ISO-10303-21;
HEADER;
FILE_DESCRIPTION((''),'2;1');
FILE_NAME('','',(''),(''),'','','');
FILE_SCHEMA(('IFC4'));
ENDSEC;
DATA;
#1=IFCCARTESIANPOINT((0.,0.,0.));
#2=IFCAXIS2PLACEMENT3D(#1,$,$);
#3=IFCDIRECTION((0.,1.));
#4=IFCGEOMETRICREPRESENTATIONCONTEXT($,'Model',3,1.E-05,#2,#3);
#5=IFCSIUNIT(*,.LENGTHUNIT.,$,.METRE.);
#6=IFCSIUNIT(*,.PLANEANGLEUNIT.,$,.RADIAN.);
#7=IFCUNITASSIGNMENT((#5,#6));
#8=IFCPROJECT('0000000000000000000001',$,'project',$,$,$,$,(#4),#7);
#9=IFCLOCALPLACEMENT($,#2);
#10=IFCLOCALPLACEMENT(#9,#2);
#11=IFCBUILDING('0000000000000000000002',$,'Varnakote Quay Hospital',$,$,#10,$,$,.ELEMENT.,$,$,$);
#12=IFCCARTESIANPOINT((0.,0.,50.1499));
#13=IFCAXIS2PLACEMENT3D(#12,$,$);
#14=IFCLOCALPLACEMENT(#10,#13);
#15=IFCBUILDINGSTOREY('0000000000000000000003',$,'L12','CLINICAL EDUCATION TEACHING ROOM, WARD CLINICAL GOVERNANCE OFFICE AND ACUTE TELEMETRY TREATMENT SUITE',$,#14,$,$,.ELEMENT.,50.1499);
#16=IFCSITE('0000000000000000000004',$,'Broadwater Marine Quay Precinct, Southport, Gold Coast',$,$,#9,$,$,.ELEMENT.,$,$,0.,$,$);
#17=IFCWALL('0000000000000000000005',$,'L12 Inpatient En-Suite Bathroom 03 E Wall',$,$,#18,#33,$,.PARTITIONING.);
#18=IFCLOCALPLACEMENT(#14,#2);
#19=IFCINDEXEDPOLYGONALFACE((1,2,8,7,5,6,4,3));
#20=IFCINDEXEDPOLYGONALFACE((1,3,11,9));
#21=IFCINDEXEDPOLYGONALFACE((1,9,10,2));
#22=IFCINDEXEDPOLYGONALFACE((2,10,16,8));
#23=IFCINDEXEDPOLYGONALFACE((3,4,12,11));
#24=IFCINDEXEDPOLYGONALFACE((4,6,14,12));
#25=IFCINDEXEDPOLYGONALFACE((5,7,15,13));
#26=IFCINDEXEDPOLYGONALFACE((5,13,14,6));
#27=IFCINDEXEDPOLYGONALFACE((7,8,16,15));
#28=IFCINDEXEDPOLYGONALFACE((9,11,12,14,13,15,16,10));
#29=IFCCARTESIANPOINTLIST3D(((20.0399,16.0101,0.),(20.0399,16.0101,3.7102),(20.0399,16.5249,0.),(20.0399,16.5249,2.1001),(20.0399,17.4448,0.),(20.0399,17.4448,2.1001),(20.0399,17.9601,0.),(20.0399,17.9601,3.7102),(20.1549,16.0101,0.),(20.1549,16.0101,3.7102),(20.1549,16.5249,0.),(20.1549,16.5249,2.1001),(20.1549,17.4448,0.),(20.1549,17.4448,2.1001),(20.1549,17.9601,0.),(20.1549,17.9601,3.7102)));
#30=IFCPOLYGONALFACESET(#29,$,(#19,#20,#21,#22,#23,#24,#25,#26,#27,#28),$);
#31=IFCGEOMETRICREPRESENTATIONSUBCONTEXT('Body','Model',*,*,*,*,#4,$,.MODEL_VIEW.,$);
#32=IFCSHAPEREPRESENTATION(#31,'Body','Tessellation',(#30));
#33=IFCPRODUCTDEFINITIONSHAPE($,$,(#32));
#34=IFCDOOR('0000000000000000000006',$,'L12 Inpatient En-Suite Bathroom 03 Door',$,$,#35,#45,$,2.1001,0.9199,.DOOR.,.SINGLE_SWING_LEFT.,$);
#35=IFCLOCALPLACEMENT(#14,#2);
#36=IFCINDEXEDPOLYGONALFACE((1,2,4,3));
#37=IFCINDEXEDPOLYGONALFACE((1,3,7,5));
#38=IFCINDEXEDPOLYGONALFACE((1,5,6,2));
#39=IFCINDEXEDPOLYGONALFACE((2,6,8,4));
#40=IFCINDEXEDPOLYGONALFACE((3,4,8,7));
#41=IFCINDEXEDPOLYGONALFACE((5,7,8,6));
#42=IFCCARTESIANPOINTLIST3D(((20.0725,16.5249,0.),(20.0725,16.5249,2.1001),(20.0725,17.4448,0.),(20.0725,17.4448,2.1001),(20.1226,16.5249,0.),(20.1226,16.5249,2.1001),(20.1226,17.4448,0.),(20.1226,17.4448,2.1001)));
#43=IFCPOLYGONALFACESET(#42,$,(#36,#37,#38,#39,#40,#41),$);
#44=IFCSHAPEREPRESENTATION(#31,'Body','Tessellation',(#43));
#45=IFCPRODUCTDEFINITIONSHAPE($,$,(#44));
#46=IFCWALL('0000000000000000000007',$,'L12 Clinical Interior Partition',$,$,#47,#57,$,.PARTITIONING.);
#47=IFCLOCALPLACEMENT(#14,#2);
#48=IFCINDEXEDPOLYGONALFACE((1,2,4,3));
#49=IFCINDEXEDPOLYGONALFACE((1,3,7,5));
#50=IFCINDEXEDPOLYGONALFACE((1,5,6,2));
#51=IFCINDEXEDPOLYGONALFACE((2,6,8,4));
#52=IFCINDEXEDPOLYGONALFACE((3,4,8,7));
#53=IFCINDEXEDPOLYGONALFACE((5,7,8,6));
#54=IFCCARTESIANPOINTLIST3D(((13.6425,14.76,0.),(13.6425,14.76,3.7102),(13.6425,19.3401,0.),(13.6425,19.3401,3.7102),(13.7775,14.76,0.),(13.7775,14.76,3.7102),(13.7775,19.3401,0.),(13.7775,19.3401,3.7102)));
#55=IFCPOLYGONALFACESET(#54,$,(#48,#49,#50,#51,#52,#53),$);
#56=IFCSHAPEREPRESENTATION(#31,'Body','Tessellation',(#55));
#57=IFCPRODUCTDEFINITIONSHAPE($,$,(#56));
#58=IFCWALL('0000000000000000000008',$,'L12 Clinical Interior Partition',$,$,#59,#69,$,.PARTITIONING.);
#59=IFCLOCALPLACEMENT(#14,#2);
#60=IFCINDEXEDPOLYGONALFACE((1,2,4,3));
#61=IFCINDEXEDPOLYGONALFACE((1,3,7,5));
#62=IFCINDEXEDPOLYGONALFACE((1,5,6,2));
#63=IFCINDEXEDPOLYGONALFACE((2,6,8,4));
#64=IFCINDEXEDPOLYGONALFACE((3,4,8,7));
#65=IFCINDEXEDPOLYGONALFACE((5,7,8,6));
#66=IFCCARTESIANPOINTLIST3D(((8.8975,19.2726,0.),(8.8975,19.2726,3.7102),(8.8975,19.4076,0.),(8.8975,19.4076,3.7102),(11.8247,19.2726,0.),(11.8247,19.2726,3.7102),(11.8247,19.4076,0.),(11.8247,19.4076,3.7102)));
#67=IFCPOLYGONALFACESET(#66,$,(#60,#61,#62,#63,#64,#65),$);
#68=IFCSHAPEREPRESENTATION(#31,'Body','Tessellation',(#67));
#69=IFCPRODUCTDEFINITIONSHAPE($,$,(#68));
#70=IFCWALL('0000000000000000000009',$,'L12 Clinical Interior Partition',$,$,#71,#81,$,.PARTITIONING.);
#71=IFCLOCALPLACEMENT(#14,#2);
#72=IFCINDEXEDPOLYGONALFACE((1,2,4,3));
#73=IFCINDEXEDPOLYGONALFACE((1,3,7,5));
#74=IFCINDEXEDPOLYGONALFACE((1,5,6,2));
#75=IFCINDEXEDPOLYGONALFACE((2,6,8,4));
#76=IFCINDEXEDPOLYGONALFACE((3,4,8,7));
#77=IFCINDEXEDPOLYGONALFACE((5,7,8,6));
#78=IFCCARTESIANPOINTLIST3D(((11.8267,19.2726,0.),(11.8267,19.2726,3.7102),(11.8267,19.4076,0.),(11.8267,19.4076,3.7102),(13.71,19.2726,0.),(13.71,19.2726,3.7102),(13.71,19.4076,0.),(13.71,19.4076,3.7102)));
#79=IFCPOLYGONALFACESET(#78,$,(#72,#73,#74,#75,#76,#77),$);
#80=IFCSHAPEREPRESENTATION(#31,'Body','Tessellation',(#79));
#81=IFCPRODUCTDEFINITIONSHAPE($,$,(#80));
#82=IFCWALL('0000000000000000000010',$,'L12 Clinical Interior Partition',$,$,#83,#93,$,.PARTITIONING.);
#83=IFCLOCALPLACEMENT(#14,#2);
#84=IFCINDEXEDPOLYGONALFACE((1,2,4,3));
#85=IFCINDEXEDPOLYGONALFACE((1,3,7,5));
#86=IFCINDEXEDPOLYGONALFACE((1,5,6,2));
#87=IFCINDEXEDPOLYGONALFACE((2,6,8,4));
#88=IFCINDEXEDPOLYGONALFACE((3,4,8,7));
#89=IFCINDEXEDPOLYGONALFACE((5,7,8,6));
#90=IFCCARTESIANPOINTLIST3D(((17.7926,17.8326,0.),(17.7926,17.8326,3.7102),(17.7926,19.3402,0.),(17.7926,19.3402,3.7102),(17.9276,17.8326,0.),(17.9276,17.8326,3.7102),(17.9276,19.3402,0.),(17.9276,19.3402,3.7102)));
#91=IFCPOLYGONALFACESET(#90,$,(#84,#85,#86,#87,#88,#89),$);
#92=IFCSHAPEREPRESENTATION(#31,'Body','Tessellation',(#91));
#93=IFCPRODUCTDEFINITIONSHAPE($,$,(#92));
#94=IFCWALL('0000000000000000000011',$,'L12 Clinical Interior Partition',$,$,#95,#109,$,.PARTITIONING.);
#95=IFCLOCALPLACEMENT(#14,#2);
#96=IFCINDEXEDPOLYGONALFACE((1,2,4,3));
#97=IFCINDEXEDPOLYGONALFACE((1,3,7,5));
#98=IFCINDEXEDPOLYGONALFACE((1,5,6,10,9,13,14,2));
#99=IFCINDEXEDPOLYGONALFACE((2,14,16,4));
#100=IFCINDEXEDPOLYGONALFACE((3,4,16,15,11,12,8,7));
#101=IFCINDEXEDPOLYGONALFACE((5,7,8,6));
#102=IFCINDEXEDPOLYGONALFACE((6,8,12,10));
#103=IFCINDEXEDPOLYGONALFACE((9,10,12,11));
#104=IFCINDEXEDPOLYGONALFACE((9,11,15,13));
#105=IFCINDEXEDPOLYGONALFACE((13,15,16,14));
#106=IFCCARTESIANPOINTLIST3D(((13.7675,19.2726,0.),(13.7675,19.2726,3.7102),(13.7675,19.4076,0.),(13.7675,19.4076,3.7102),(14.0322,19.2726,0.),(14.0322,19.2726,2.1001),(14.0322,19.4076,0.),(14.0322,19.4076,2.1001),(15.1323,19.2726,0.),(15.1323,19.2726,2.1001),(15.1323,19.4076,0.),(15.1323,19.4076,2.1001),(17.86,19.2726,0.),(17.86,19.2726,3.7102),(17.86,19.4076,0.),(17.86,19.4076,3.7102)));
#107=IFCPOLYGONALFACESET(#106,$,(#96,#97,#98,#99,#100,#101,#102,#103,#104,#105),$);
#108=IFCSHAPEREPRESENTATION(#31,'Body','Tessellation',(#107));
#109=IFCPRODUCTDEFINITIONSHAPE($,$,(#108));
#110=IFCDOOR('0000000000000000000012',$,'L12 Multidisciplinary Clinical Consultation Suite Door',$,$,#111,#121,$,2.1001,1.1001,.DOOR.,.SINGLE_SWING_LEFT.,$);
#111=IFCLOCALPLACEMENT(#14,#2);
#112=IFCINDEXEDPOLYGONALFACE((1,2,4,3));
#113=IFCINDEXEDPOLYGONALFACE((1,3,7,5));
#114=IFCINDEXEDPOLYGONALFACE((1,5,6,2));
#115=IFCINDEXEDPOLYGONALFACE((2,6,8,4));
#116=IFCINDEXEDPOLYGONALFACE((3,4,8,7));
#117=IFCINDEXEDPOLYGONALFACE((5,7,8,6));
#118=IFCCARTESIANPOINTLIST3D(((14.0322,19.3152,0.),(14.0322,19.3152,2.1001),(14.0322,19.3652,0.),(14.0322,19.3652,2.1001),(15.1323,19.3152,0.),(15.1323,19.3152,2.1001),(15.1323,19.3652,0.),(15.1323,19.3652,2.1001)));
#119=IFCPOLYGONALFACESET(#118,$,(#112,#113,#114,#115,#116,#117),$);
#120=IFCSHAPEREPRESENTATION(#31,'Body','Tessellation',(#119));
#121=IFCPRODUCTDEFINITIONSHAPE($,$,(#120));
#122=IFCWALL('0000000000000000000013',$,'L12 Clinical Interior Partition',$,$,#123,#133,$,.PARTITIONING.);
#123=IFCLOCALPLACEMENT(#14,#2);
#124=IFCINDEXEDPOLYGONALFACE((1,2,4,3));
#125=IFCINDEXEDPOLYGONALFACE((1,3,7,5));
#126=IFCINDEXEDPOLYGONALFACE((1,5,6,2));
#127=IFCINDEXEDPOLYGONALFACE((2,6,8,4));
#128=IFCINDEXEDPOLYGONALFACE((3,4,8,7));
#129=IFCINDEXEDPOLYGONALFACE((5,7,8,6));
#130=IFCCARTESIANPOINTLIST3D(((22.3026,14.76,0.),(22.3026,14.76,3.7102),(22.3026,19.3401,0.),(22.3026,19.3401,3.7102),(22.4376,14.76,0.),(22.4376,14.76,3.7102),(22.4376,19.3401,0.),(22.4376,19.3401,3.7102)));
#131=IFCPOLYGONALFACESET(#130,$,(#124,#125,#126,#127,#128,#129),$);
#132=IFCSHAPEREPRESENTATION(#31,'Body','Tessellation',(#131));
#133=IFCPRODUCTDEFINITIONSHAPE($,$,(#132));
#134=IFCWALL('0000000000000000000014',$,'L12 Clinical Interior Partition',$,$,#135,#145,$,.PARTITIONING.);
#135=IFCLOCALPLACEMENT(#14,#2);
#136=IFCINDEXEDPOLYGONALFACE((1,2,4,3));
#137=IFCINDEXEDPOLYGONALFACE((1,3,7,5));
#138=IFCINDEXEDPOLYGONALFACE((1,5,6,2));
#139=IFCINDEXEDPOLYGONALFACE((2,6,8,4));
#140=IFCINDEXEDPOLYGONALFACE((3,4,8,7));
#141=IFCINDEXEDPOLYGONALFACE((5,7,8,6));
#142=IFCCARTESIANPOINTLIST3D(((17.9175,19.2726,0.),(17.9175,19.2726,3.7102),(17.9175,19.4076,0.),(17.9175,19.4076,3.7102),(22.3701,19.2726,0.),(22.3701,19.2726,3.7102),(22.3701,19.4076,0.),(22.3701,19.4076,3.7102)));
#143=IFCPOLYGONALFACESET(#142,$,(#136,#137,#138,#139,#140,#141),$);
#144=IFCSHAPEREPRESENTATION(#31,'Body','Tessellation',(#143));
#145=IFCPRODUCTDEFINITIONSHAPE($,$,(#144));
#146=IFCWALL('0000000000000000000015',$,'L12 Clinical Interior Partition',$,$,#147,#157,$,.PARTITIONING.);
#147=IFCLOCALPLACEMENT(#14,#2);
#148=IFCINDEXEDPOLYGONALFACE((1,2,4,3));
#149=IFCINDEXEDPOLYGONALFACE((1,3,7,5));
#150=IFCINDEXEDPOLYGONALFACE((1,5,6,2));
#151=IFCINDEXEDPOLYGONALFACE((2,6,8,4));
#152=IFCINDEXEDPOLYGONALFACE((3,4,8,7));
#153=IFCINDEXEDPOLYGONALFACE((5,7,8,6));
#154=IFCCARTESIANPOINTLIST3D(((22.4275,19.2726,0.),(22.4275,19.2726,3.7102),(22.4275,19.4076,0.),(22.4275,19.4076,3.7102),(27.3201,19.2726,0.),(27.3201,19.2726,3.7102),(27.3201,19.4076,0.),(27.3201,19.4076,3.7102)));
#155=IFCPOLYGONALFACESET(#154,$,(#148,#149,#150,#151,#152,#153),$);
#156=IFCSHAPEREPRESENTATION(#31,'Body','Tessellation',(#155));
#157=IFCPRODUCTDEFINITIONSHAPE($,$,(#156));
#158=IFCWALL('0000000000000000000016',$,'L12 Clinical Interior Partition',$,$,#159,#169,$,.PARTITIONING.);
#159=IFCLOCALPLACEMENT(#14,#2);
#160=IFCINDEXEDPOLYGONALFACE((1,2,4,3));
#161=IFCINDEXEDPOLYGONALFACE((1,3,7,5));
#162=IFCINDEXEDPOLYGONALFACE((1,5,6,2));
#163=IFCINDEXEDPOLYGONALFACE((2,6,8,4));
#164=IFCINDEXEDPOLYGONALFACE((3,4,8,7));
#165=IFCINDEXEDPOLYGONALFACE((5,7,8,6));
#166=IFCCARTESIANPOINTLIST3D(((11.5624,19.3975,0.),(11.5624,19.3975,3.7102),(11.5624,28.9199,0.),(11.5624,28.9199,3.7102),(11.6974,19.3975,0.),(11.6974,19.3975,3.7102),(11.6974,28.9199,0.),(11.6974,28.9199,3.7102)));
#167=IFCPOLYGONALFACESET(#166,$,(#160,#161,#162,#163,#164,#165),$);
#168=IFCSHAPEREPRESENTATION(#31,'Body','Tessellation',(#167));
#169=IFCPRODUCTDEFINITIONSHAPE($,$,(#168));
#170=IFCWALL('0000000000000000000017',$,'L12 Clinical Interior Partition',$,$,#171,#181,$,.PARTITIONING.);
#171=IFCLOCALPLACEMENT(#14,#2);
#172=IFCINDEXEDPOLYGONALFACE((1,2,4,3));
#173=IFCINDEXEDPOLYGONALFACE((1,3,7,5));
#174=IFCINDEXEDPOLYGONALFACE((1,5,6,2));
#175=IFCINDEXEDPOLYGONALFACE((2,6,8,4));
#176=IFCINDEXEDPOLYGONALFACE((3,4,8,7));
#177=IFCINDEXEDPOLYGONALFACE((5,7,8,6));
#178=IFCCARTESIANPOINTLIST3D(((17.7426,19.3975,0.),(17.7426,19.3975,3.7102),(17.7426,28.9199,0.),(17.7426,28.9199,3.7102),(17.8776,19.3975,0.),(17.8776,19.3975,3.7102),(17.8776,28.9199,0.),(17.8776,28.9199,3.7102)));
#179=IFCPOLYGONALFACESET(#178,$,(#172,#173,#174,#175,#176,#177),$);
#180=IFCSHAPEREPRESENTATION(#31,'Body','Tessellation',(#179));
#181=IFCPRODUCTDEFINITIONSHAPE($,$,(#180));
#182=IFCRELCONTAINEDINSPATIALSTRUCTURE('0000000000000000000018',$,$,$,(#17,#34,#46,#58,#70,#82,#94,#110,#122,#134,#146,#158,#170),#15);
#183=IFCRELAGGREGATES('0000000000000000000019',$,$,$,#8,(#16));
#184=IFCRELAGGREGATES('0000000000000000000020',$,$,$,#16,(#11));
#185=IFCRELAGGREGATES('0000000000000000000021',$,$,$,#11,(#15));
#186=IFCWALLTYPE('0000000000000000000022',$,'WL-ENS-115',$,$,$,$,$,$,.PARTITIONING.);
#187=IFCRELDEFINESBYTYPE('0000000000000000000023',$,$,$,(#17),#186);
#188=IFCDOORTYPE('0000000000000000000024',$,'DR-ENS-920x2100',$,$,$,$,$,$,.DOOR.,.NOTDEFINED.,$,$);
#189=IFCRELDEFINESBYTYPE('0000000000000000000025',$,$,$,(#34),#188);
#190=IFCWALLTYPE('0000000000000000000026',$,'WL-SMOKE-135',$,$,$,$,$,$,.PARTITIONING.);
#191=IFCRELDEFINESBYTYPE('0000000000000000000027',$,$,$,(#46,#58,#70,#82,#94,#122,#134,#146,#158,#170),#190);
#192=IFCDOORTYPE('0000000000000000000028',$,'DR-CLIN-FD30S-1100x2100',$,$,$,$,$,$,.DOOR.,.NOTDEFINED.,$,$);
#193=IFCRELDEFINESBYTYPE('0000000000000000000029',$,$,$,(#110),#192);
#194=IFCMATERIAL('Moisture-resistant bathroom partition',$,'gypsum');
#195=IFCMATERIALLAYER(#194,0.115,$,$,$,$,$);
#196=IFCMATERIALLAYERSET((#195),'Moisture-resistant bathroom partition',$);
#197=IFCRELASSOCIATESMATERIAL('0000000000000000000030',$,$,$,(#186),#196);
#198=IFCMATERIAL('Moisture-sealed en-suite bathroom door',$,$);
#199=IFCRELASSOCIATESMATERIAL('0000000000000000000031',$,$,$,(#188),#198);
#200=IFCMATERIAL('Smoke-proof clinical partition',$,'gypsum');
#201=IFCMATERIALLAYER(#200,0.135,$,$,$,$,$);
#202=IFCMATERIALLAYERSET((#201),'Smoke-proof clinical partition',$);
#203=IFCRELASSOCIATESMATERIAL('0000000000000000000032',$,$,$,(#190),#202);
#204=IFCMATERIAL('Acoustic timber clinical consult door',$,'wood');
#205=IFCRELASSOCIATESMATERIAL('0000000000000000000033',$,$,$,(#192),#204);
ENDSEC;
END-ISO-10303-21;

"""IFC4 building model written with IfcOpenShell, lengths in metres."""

from ifc_helpers import new_model, si_unit, direction, frame, frame_2d, origin, place, context, subcontext, project, spatial, rectangle, extrude, material, layer, layer_set, type_object, element, fill, save


model = new_model("IFC4")

# Units and contexts
model_context = context("Model", 3, precision=1e-05, world=origin(), true_north=direction((0.0, 1.0)))
body_context = subcontext(model_context, "Body", "Model", "MODEL_VIEW")
ifc_project = project(units=[si_unit("LENGTHUNIT", "METRE"), si_unit("PLANEANGLEUNIT", "RADIAN")], contexts=[model_context])

# Site, building, storey
site_placement = place(None, origin())
site = spatial("IfcSite", under=ifc_project, at=site_placement, Name="Broadwater Marine Quay Precinct, Southport, Gold Coast", CompositionType="ELEMENT", RefElevation=0.0)
building_placement = place(site_placement, origin())
building = spatial("IfcBuilding", under=site, at=building_placement, Name="Varnakote Quay Hospital", CompositionType="ELEMENT")
storey_placement = place(building_placement, frame((0.0, 0.0, 50.1499)))
storey = spatial("IfcBuildingStorey", under=building, at=storey_placement, Name="L12", Description="CLINICAL EDUCATION TEACHING ROOM, WARD CLINICAL GOVERNANCE OFFICE AND ACUTE TELEMETRY TREATMENT SUITE", CompositionType="ELEMENT", Elevation=50.1499)

# Shared definitions
ifc_material_1 = material(Name="Moisture-resistant bathroom partition", Category="gypsum")
ifc_layer_1 = layer(ifc_material_1, 0.115)
ifc_layer_set_1 = layer_set([ifc_layer_1], Name="Moisture-resistant bathroom partition")
wall_type_1 = type_object("IfcWallType", Name="WL-ENS-115", PredefinedType="PARTITIONING", material=ifc_layer_set_1)

# Wall, opening, door
wall_1_placement = place(storey_placement, frame((20.0974, 16.01, 0.0), z_axis=(0.0, 0.0, 1.0), x_axis=(0.0, 1.0, 0.0)))
wall_1 = element("IfcWall", 1, at=wall_1_placement, inside=storey, type_object=wall_type_1, Name="L12 Inpatient En-Suite Bathroom 03 E Wall", PredefinedType="PARTITIONING", context=body_context, shape_type="SweptSolid", body=[
    extrude(rectangle(XDim=1.95, YDim=0.115, at=frame_2d((0.9751, 0.0))), origin(), (0.0, 0.0, 1.0), 3.7102),
])
opening_1_placement = place(wall_1_placement, frame((0.5149, 0.0, 0.0)))
opening_1 = element("IfcOpeningElement", 2, at=opening_1_placement, cuts=wall_1, PredefinedType="OPENING", context=body_context, shape_type="SweptSolid", body=[
    extrude(rectangle(XDim=0.9199, YDim=2.1001, at=frame_2d((0.46, 1.05))), frame((0.0, 0.0674, 0.0), z_axis=(0.0, -1.0, 0.0), x_axis=(1.0, 0.0, 0.0)), (0.0, 0.0, 1.0), 0.135),
])
ifc_material_2 = material(Name="Moisture-sealed en-suite bathroom door")
door_type_1 = type_object("IfcDoorType", Name="DR-ENS-920x2100", OperationType="NOTDEFINED", PredefinedType="DOOR", material=ifc_material_2)
door_1_placement = place(opening_1_placement, origin())
door_1 = element("IfcDoor", 3, at=door_1_placement, inside=storey, type_object=door_type_1, Name="L12 Inpatient En-Suite Bathroom 03 Door", OperationType="SINGLE_SWING_LEFT", OverallHeight=2.1001, OverallWidth=0.9199, PredefinedType="DOOR", context=body_context, shape_type="SweptSolid", body=[
    extrude(rectangle(XDim=0.9199, YDim=2.1001, at=frame_2d((0.46, 1.05))), frame((0.0, 0.0249, 0.0), z_axis=(0.0, -1.0, 0.0), x_axis=(1.0, 0.0, 0.0)), (0.0, 0.0, 1.0), 0.05),
])
fill(opening_1, door_1)

# Walls
ifc_material_3 = material(Name="Smoke-proof clinical partition", Category="gypsum")
ifc_layer_2 = layer(ifc_material_3, 0.135)
ifc_layer_set_2 = layer_set([ifc_layer_2], Name="Smoke-proof clinical partition")
wall_type_2 = type_object("IfcWallType", Name="WL-SMOKE-135", PredefinedType="PARTITIONING", material=ifc_layer_set_2)
wall_2_placement = place(storey_placement, frame((13.71, 14.76, 0.0), z_axis=(0.0, 0.0, 1.0), x_axis=(0.0, 1.0, 0.0)))
element("IfcWall", 4, at=wall_2_placement, inside=storey, type_object=wall_type_2, Name="L12 Clinical Interior Partition", PredefinedType="PARTITIONING", context=body_context, shape_type="SweptSolid", body=[
    extrude(rectangle(XDim=4.5801, YDim=0.135, at=frame_2d((2.29, 0.0))), origin(), (0.0, 0.0, 1.0), 3.7102),
])
wall_3_placement = place(storey_placement, frame((11.8247, 19.3401, 0.0), z_axis=(0.0, 0.0, 1.0), x_axis=(-1.0, 0.0, 0.0)))
element("IfcWall", 5, at=wall_3_placement, inside=storey, type_object=wall_type_2, Name="L12 Clinical Interior Partition", PredefinedType="PARTITIONING", context=body_context, shape_type="SweptSolid", body=[
    extrude(rectangle(XDim=2.9272, YDim=0.135, at=frame_2d((1.4636, 0.0))), origin(), (0.0, 0.0, 1.0), 3.7102),
])
wall_4_placement = place(storey_placement, frame((13.71, 19.3401, 0.0), z_axis=(0.0, 0.0, 1.0), x_axis=(-1.0, 0.0, 0.0)))
element("IfcWall", 6, at=wall_4_placement, inside=storey, type_object=wall_type_2, Name="L12 Clinical Interior Partition", PredefinedType="PARTITIONING", context=body_context, shape_type="SweptSolid", body=[
    extrude(rectangle(XDim=1.8833, YDim=0.135, at=frame_2d((0.9417, 0.0))), origin(), (0.0, 0.0, 1.0), 3.7102),
])
wall_5_placement = place(storey_placement, frame((17.8601, 17.8325, 0.0), z_axis=(0.0, 0.0, 1.0), x_axis=(0.0, 1.0, 0.0)))
element("IfcWall", 7, at=wall_5_placement, inside=storey, type_object=wall_type_2, Name="L12 Clinical Interior Partition", PredefinedType="PARTITIONING", context=body_context, shape_type="SweptSolid", body=[
    extrude(rectangle(XDim=1.5076, YDim=0.135, at=frame_2d((0.7539, 0.0))), origin(), (0.0, 0.0, 1.0), 3.7102),
])

# Wall, opening, door
wall_6_placement = place(storey_placement, frame((17.8601, 19.3401, 0.0), z_axis=(0.0, 0.0, 1.0), x_axis=(-1.0, 0.0, 0.0)))
wall_6 = element("IfcWall", 8, at=wall_6_placement, inside=storey, type_object=wall_type_2, Name="L12 Clinical Interior Partition", PredefinedType="PARTITIONING", context=body_context, shape_type="SweptSolid", body=[
    extrude(rectangle(XDim=4.0925, YDim=0.135, at=frame_2d((2.0464, 0.0))), origin(), (0.0, 0.0, 1.0), 3.7102),
])
opening_2_placement = place(wall_6_placement, frame((2.7278, 0.0, 0.0)))
opening_2 = element("IfcOpeningElement", 9, at=opening_2_placement, cuts=wall_6, PredefinedType="OPENING", context=body_context, shape_type="SweptSolid", body=[
    extrude(rectangle(XDim=1.1001, YDim=2.1001, at=frame_2d((0.55, 1.05))), frame((0.0, 0.0774, 0.0), z_axis=(0.0, -1.0, 0.0), x_axis=(1.0, 0.0, 0.0)), (0.0, 0.0, 1.0), 0.155),
])
ifc_material_4 = material(Name="Acoustic timber clinical consult door", Category="wood")
door_type_2 = type_object("IfcDoorType", Name="DR-CLIN-FD30S-1100x2100", OperationType="NOTDEFINED", PredefinedType="DOOR", material=ifc_material_4)
door_2_placement = place(opening_2_placement, origin())
door_2 = element("IfcDoor", 10, at=door_2_placement, inside=storey, type_object=door_type_2, Name="L12 Multidisciplinary Clinical Consultation Suite Door", OperationType="SINGLE_SWING_LEFT", OverallHeight=2.1001, OverallWidth=1.1001, PredefinedType="DOOR", context=body_context, shape_type="SweptSolid", body=[
    extrude(rectangle(XDim=1.1001, YDim=2.1001, at=frame_2d((0.55, 1.05))), frame((0.0, 0.0249, 0.0), z_axis=(0.0, -1.0, 0.0), x_axis=(1.0, 0.0, 0.0)), (0.0, 0.0, 1.0), 0.05),
])
fill(opening_2, door_2)

# Walls
wall_7_placement = place(storey_placement, frame((22.3701, 14.76, 0.0), z_axis=(0.0, 0.0, 1.0), x_axis=(0.0, 1.0, 0.0)))
element("IfcWall", 11, at=wall_7_placement, inside=storey, type_object=wall_type_2, Name="L12 Clinical Interior Partition", PredefinedType="PARTITIONING", context=body_context, shape_type="SweptSolid", body=[
    extrude(rectangle(XDim=4.5801, YDim=0.135, at=frame_2d((2.29, 0.0))), origin(), (0.0, 0.0, 1.0), 3.7102),
])
wall_8_placement = place(storey_placement, frame((22.3701, 19.3401, 0.0), z_axis=(0.0, 0.0, 1.0), x_axis=(-1.0, 0.0, 0.0)))
element("IfcWall", 12, at=wall_8_placement, inside=storey, type_object=wall_type_2, Name="L12 Clinical Interior Partition", PredefinedType="PARTITIONING", context=body_context, shape_type="SweptSolid", body=[
    extrude(rectangle(XDim=4.4526, YDim=0.135, at=frame_2d((2.2263, 0.0))), origin(), (0.0, 0.0, 1.0), 3.7102),
])
wall_9_placement = place(storey_placement, frame((27.3201, 19.3401, 0.0), z_axis=(0.0, 0.0, 1.0), x_axis=(-1.0, 0.0, 0.0)))
element("IfcWall", 13, at=wall_9_placement, inside=storey, type_object=wall_type_2, Name="L12 Clinical Interior Partition", PredefinedType="PARTITIONING", context=body_context, shape_type="SweptSolid", body=[
    extrude(rectangle(XDim=4.8926, YDim=0.135, at=frame_2d((2.4463, 0.0))), origin(), (0.0, 0.0, 1.0), 3.7102),
])
for number, where, z_axis, x_axis, name in (
    (14, (11.6299, 19.3975, 0.0), (0.0, 0.0, 1.0), (0.0, 1.0, 0.0), "L12 Clinical Interior Partition"),
    (15, (17.8101, 19.3975, 0.0), (0.0, 0.0, 1.0), (0.0, 1.0, 0.0), "L12 Clinical Interior Partition"),
):
    element("IfcWall", number, at=place(storey_placement, frame(where, z_axis=z_axis, x_axis=x_axis)), inside=storey, type_object=wall_type_2, Name=name, PredefinedType="PARTITIONING", context=body_context, shape_type="SweptSolid", body=[
        extrude(rectangle(XDim=9.5225, YDim=0.135, at=frame_2d((4.7612, 0.0))), origin(), (0.0, 0.0, 1.0), 3.7102),
    ])

save(model, "model.ifc")
